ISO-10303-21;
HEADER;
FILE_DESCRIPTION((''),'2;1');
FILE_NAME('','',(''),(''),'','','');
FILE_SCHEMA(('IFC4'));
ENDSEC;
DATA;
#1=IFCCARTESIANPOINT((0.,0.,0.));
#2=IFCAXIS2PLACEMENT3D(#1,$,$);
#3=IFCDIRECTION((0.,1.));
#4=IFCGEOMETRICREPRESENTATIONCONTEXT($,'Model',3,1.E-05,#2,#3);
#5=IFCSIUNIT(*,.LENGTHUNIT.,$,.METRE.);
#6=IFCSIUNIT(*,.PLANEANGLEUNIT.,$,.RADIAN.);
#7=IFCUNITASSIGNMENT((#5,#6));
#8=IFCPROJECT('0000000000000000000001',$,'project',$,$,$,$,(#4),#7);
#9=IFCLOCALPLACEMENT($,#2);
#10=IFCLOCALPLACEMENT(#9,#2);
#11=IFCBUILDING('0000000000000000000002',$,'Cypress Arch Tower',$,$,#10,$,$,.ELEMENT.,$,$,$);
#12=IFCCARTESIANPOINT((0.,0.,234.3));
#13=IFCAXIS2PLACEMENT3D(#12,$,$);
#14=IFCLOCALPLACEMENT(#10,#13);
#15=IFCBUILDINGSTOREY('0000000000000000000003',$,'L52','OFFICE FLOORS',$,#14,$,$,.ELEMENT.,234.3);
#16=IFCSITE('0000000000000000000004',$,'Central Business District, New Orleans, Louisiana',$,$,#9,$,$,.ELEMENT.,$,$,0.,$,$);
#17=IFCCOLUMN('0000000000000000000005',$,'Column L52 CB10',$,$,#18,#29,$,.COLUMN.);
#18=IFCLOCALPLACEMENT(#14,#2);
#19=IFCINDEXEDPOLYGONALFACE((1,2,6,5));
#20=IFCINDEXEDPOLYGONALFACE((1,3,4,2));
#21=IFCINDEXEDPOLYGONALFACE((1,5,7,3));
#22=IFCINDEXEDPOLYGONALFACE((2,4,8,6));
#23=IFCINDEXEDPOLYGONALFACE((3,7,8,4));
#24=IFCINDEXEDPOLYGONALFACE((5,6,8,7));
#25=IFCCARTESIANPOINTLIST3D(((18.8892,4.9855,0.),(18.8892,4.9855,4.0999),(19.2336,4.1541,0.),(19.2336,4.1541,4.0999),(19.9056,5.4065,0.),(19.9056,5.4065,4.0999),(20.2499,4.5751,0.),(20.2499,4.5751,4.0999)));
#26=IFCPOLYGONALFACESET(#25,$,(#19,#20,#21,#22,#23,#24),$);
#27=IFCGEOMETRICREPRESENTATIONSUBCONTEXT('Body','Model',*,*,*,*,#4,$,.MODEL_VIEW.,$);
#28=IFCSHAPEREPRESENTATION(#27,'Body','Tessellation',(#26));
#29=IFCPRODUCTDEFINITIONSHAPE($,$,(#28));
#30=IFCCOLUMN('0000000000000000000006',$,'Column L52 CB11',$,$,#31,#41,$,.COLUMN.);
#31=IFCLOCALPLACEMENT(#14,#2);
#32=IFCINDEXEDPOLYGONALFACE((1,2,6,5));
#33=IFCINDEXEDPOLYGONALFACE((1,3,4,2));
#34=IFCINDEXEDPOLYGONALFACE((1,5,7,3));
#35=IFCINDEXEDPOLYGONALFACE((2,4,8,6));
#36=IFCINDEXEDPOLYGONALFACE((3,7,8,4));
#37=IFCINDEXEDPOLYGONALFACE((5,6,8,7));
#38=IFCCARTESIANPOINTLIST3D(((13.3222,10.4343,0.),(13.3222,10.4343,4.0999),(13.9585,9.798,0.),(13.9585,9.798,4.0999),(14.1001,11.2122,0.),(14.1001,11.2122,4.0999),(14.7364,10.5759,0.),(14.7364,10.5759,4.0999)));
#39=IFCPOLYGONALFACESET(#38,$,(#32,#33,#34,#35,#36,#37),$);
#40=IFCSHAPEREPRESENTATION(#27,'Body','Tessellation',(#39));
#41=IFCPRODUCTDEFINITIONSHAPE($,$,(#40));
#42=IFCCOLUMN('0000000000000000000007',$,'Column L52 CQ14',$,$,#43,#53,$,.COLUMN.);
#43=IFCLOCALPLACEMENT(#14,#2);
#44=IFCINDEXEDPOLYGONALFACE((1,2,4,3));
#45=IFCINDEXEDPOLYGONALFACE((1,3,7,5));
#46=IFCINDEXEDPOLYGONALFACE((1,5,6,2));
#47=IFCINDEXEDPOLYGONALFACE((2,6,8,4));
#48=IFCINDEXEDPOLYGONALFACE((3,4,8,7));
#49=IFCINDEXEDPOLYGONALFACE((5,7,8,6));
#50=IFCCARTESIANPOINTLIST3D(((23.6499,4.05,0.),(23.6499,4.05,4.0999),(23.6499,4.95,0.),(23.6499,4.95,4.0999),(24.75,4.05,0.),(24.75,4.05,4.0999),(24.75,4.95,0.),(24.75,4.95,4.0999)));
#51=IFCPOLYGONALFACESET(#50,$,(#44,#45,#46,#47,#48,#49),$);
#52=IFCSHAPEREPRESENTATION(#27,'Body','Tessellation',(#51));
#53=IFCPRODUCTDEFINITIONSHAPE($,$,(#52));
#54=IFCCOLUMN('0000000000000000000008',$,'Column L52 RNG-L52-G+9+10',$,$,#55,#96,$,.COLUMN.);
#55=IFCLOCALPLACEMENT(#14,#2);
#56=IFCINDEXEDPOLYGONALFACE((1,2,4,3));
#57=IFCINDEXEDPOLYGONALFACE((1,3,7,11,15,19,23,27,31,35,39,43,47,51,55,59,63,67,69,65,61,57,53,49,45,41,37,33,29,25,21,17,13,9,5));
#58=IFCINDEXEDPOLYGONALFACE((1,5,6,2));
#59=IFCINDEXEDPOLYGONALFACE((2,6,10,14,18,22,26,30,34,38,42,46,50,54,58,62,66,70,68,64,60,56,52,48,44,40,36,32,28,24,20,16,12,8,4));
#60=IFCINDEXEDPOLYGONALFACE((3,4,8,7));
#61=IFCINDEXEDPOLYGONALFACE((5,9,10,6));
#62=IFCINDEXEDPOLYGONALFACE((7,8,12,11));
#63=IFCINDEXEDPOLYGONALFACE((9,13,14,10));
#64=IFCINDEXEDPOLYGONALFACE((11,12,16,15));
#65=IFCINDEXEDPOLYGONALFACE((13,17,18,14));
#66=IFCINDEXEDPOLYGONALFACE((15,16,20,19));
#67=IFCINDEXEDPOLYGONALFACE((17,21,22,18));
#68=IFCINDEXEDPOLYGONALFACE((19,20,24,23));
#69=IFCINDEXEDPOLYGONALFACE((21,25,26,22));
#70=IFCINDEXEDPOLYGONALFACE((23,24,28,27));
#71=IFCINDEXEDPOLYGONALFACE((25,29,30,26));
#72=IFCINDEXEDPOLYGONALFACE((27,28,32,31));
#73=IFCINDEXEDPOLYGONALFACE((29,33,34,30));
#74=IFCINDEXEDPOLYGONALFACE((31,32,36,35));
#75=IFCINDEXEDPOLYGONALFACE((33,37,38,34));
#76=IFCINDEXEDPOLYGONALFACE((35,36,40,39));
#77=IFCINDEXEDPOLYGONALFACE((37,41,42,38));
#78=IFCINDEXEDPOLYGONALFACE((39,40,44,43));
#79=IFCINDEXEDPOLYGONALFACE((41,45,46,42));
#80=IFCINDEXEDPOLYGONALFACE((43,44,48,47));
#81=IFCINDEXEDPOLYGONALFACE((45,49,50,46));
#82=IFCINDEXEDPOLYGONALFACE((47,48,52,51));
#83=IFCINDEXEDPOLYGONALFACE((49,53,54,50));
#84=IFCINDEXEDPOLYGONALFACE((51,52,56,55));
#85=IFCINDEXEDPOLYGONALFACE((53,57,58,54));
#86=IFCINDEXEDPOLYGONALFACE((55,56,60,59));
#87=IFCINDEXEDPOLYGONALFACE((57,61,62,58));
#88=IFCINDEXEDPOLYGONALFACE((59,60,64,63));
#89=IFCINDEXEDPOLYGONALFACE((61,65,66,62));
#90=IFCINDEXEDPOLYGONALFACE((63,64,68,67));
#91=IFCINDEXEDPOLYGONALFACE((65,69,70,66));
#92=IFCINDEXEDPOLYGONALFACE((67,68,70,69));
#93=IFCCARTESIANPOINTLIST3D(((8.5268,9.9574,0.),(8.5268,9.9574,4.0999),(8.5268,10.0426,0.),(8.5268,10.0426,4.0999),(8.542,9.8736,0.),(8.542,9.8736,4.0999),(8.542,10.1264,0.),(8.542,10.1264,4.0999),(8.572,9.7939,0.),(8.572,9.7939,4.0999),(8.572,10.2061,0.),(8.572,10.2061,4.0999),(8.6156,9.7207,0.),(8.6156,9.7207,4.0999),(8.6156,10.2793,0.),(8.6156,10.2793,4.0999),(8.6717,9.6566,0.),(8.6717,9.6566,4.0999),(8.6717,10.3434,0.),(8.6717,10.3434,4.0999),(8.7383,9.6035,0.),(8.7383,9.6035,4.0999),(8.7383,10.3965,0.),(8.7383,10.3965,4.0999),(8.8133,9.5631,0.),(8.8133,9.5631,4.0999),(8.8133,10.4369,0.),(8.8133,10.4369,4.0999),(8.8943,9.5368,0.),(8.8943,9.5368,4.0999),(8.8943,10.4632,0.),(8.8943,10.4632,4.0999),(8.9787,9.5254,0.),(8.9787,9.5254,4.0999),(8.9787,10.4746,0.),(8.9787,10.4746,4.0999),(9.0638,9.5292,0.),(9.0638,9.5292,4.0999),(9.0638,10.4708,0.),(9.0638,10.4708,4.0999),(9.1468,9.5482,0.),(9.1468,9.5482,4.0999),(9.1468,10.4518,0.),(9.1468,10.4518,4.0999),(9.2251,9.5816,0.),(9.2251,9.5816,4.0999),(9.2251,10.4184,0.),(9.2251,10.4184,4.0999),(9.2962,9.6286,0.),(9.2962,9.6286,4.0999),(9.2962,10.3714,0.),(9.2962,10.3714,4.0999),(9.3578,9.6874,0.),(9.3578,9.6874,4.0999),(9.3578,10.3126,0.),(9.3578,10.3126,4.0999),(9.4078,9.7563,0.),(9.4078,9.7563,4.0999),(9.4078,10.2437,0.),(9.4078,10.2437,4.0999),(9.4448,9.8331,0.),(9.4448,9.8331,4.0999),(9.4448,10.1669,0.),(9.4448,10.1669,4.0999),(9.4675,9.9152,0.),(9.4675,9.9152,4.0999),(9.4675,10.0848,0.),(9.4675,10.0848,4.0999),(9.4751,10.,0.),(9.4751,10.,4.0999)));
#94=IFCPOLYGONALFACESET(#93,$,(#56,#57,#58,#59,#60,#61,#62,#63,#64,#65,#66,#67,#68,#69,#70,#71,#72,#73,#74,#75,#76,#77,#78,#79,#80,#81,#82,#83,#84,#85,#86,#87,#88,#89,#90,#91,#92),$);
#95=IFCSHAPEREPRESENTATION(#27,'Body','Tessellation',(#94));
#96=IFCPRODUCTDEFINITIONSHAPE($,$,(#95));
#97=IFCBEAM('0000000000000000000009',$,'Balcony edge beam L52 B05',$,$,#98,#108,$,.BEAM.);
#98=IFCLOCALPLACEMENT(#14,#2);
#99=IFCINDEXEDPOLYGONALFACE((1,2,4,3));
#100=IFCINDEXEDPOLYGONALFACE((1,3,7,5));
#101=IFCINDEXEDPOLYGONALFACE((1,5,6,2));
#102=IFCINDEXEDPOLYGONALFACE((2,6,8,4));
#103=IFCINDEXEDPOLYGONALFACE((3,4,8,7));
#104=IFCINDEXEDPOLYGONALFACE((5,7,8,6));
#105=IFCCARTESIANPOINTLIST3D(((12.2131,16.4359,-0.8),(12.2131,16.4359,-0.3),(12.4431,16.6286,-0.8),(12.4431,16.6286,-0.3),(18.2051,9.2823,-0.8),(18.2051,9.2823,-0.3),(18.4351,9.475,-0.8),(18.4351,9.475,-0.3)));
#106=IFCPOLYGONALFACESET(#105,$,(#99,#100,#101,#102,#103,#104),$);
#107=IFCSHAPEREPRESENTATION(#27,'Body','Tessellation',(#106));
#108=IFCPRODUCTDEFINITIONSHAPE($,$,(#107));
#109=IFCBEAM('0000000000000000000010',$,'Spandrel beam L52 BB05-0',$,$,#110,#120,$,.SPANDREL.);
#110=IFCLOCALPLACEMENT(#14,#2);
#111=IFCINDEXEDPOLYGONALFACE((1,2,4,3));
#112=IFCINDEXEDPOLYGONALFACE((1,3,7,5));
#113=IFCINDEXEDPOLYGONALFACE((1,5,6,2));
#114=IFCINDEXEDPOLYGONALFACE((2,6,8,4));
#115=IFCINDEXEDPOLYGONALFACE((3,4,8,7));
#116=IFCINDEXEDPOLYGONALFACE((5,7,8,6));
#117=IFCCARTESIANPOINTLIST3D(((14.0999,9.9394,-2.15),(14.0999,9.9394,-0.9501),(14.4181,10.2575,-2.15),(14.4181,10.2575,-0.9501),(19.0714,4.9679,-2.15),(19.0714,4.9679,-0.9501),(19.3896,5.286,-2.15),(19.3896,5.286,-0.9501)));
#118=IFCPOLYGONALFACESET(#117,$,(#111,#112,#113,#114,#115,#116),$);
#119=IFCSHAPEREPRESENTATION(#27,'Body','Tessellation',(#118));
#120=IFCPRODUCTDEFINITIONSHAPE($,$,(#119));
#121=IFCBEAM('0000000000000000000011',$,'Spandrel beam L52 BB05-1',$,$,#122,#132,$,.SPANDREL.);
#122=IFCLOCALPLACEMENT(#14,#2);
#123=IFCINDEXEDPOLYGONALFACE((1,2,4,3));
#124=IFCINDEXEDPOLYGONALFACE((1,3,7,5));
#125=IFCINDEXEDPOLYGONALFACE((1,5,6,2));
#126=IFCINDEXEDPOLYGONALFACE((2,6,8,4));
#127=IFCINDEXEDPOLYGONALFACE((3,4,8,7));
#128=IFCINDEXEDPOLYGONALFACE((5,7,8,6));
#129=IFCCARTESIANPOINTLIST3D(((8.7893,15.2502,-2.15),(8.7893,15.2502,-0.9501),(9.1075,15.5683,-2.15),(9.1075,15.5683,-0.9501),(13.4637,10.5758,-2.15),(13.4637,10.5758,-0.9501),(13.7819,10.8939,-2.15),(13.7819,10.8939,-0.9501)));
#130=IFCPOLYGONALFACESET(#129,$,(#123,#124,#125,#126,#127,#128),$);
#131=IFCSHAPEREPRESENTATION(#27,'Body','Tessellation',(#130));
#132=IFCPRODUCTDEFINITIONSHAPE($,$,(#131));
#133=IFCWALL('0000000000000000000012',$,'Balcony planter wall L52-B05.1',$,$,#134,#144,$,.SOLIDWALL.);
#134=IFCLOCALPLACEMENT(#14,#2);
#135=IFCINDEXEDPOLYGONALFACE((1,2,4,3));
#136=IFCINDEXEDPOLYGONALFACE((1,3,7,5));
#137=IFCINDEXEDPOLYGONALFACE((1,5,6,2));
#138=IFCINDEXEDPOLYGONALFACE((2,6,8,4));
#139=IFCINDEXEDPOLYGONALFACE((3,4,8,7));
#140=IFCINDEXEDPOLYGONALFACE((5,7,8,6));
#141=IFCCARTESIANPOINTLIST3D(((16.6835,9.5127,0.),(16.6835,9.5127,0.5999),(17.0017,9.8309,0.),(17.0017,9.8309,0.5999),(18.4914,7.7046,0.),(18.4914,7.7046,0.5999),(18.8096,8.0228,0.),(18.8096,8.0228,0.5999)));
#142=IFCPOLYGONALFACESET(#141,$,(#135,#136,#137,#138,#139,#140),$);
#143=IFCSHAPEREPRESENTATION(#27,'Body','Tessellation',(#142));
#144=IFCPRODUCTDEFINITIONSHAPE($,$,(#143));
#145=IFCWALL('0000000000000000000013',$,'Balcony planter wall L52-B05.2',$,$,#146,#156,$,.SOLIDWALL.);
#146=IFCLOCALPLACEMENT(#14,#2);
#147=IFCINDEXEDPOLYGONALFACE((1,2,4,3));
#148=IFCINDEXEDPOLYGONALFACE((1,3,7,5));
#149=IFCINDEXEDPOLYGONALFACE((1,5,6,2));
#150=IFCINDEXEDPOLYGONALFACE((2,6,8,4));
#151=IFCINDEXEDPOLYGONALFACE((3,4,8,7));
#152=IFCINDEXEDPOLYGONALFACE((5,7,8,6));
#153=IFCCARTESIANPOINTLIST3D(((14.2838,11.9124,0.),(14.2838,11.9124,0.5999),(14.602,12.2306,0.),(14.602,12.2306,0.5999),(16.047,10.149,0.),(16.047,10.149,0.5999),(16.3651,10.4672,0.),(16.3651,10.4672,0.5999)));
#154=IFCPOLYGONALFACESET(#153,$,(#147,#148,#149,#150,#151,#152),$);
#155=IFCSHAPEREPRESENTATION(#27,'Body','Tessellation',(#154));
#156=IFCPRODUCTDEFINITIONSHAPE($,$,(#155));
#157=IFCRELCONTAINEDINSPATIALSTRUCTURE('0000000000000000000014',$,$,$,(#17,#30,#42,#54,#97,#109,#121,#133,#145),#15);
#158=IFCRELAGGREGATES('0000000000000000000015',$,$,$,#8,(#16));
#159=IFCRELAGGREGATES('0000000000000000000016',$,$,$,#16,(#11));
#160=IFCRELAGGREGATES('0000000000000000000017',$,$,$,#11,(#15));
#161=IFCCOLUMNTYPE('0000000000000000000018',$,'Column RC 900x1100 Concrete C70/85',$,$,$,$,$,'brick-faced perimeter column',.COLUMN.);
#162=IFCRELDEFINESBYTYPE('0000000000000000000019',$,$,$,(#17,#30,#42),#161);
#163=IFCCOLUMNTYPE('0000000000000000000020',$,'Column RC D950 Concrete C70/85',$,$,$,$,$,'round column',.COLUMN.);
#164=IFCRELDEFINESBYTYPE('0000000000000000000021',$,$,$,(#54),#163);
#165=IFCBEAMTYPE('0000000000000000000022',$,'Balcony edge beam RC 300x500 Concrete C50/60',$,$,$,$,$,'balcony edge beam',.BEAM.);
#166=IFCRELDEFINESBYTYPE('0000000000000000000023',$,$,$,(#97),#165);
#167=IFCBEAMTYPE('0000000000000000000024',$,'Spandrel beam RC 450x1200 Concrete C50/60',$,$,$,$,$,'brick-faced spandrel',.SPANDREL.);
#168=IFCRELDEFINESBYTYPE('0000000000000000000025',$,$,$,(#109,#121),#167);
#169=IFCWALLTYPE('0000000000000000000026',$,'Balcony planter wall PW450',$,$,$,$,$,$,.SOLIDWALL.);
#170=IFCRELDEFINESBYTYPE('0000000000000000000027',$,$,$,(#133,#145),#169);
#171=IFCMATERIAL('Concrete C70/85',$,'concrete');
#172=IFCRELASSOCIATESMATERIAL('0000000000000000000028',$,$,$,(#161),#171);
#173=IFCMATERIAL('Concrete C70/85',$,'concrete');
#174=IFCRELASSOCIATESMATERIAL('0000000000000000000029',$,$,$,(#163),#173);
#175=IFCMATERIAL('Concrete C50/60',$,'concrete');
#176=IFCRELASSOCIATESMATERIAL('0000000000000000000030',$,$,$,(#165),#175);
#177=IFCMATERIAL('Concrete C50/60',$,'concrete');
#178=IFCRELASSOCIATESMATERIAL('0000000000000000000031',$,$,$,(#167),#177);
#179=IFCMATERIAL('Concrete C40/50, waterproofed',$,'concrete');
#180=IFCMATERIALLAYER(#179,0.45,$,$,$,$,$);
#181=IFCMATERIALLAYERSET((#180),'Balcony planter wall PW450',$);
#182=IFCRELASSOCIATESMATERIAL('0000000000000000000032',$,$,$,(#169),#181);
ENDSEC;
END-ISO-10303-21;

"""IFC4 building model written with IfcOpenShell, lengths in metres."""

from ifc_helpers import new_model, si_unit, direction, frame, frame_2d, origin, origin_2d, place, context, subcontext, project, spatial, rectangle, circle, extrude, material, layer, layer_set, material_profile, profile_set, type_object, element, save


model = new_model("IFC4")

# Units and contexts
model_context = context("Model", 3, precision=1e-05, world=origin(), true_north=direction((0.0, 1.0)))
body_context = subcontext(model_context, "Body", "Model", "MODEL_VIEW")
ifc_project = project(units=[si_unit("LENGTHUNIT", "METRE"), si_unit("PLANEANGLEUNIT", "RADIAN")], contexts=[model_context])

# Site, building, storey
site_placement = place(None, origin())
site = spatial("IfcSite", under=ifc_project, at=site_placement, Name="Central Business District, New Orleans, Louisiana", CompositionType="ELEMENT", RefElevation=0.0)
building_placement = place(site_placement, origin())
building = spatial("IfcBuilding", under=site, at=building_placement, Name="Cypress Arch Tower", CompositionType="ELEMENT")
storey_placement = place(building_placement, frame((0.0, 0.0, 234.3)))
storey = spatial("IfcBuildingStorey", under=building, at=storey_placement, Name="L52", Description="OFFICE FLOORS", CompositionType="ELEMENT", Elevation=234.3)

# Columns
ifc_material_1 = material(Name="Concrete C70/85", Category="concrete")
ifc_material_profile_1 = material_profile(ifc_material_1, rectangle(XDim=0.8999, YDim=1.1001, at=origin_2d()), Name="RC 900x1100")
ifc_profile_set_1 = profile_set([ifc_material_profile_1], Name="Concrete C70/85")
column_type_1 = type_object("IfcColumnType", Name="Column RC 900x1100 Concrete C70/85", ElementType="brick-faced perimeter column", PredefinedType="COLUMN", material=ifc_profile_set_1)
for number, where, z_axis, x_axis, name in (
    (1, (19.5696, 4.7803, 0.0), (0.0, 0.0, 1.0), (-0.382683, 0.92388, 0.0), "Column L52 CB10"),
    (2, (14.0293, 10.5051, 0.0), (0.0, 0.0, 1.0), (-0.707107, 0.707107, 0.0), "Column L52 CB11"),
    (3, (24.2, 4.5, 0.0), (0.0, 0.0, 1.0), (0.0, 1.0, 0.0), "Column L52 CQ14"),
):
    element("IfcColumn", number, at=place(storey_placement, frame(where, z_axis=z_axis, x_axis=x_axis)), inside=storey, type_object=column_type_1, Name=name, PredefinedType="COLUMN", context=body_context, shape_type="SweptSolid", body=[
        extrude(rectangle(XDim=0.8999, YDim=1.1001, at=origin_2d()), origin(), (0.0, 0.0, 1.0), 4.0999),
    ])
ifc_material_2 = material(Name="Concrete C70/85", Category="concrete")
ifc_material_profile_2 = material_profile(ifc_material_2, circle(Radius=0.4751, at=origin_2d()), Name="RC D950")
ifc_profile_set_2 = profile_set([ifc_material_profile_2], Name="Concrete C70/85")
column_type_2 = type_object("IfcColumnType", Name="Column RC D950 Concrete C70/85", ElementType="round column", PredefinedType="COLUMN", material=ifc_profile_set_2)
column_placement = place(storey_placement, frame((9.0, 10.0, 0.0), z_axis=(0.0, 0.0, 1.0), x_axis=(1.0, 0.0, 0.0)))
element("IfcColumn", 4, at=column_placement, inside=storey, type_object=column_type_2, Name="Column L52 RNG-L52-G+9+10", PredefinedType="COLUMN", context=body_context, shape_type="SweptSolid", body=[
    extrude(circle(Radius=0.4751, at=origin_2d()), origin(), (0.0, 0.0, 1.0), 4.0999),
])

# Beams
ifc_material_3 = material(Name="Concrete C50/60", Category="concrete")
ifc_material_profile_3 = material_profile(ifc_material_3, rectangle(XDim=0.3, YDim=0.5, at=origin_2d()), Name="RC 300x500")
ifc_profile_set_3 = profile_set([ifc_material_profile_3], Name="Concrete C50/60")
beam_type_1 = type_object("IfcBeamType", Name="Balcony edge beam RC 300x500 Concrete C50/60", ElementType="balcony edge beam", PredefinedType="BEAM", material=ifc_profile_set_3)
beam_1_placement = place(storey_placement, frame((18.3201, 9.3787, -0.55), z_axis=(-0.64212, 0.766604, 0.0), x_axis=(-0.766604, -0.64212, 0.0)))
element("IfcBeam", 5, at=beam_1_placement, inside=storey, type_object=beam_type_1, Name="Balcony edge beam L52 B05", PredefinedType="BEAM", context=body_context, shape_type="SweptSolid", body=[
    extrude(rectangle(XDim=0.3, YDim=0.5, at=origin_2d()), origin(), (0.0, 0.0, 1.0), 9.3315),
])
ifc_material_4 = material(Name="Concrete C50/60", Category="concrete")
ifc_material_profile_4 = material_profile(ifc_material_4, rectangle(XDim=0.45, YDim=1.2, at=origin_2d()), Name="RC 450x1200")
ifc_profile_set_4 = profile_set([ifc_material_profile_4], Name="Concrete C50/60")
beam_type_2 = type_object("IfcBeamType", Name="Spandrel beam RC 450x1200 Concrete C50/60", ElementType="brick-faced spandrel", PredefinedType="SPANDREL", material=ifc_profile_set_4)
beam_2_placement = place(storey_placement, frame((19.2305, 5.127, -1.55), z_axis=(-0.707107, 0.707107, 0.0), x_axis=(-0.707107, -0.707107, 0.0)))
element("IfcBeam", 6, at=beam_2_placement, inside=storey, type_object=beam_type_2, Name="Spandrel beam L52 BB05-0", PredefinedType="SPANDREL", context=body_context, shape_type="SweptSolid", body=[
    extrude(rectangle(XDim=0.45, YDim=1.2, at=origin_2d()), origin(), (0.0, 0.0, 1.0), 7.0308),
])
beam_3_placement = place(storey_placement, frame((13.6228, 10.7349, -1.55), z_axis=(-0.707107, 0.707107, 0.0), x_axis=(-0.707107, -0.707107, 0.0)))
element("IfcBeam", 7, at=beam_3_placement, inside=storey, type_object=beam_type_2, Name="Spandrel beam L52 BB05-1", PredefinedType="SPANDREL", context=body_context, shape_type="SweptSolid", body=[
    extrude(rectangle(XDim=0.45, YDim=1.2, at=origin_2d()), origin(), (0.0, 0.0, 1.0), 6.6106),
])

# Walls
ifc_material_5 = material(Name="Concrete C40/50, waterproofed", Category="concrete")
ifc_layer_1 = layer(ifc_material_5, 0.45)
ifc_layer_set_1 = layer_set([ifc_layer_1], Name="Balcony planter wall PW450")
wall_type_1 = type_object("IfcWallType", Name="Balcony planter wall PW450", PredefinedType="SOLIDWALL", material=ifc_layer_set_1)
wall_1_placement = place(storey_placement, frame((18.6504, 7.8638, 0.0), z_axis=(0.0, 0.0, 1.0), x_axis=(-0.707059, 0.707155, 0.0)))
element("IfcWall", 8, at=wall_1_placement, inside=storey, type_object=wall_type_1, Name="Balcony planter wall L52-B05.1", PredefinedType="SOLIDWALL", context=body_context, shape_type="SweptSolid", body=[
    extrude(rectangle(XDim=2.5569, YDim=0.45, at=frame_2d((1.2783, 0.0))), origin(), (0.0, 0.0, 1.0), 0.5999),
])
wall_2_placement = place(storey_placement, frame((16.2061, 10.3081, 0.0), z_axis=(0.0, 0.0, 1.0), x_axis=(-0.707058, 0.707156, 0.0)))
element("IfcWall", 9, at=wall_2_placement, inside=storey, type_object=wall_type_1, Name="Balcony planter wall L52-B05.2", PredefinedType="SOLIDWALL", context=body_context, shape_type="SweptSolid", body=[
    extrude(rectangle(XDim=2.4937, YDim=0.45, at=frame_2d((1.2468, 0.0))), origin(), (0.0, 0.0, 1.0), 0.5999),
])

save(model, "model.ifc")
